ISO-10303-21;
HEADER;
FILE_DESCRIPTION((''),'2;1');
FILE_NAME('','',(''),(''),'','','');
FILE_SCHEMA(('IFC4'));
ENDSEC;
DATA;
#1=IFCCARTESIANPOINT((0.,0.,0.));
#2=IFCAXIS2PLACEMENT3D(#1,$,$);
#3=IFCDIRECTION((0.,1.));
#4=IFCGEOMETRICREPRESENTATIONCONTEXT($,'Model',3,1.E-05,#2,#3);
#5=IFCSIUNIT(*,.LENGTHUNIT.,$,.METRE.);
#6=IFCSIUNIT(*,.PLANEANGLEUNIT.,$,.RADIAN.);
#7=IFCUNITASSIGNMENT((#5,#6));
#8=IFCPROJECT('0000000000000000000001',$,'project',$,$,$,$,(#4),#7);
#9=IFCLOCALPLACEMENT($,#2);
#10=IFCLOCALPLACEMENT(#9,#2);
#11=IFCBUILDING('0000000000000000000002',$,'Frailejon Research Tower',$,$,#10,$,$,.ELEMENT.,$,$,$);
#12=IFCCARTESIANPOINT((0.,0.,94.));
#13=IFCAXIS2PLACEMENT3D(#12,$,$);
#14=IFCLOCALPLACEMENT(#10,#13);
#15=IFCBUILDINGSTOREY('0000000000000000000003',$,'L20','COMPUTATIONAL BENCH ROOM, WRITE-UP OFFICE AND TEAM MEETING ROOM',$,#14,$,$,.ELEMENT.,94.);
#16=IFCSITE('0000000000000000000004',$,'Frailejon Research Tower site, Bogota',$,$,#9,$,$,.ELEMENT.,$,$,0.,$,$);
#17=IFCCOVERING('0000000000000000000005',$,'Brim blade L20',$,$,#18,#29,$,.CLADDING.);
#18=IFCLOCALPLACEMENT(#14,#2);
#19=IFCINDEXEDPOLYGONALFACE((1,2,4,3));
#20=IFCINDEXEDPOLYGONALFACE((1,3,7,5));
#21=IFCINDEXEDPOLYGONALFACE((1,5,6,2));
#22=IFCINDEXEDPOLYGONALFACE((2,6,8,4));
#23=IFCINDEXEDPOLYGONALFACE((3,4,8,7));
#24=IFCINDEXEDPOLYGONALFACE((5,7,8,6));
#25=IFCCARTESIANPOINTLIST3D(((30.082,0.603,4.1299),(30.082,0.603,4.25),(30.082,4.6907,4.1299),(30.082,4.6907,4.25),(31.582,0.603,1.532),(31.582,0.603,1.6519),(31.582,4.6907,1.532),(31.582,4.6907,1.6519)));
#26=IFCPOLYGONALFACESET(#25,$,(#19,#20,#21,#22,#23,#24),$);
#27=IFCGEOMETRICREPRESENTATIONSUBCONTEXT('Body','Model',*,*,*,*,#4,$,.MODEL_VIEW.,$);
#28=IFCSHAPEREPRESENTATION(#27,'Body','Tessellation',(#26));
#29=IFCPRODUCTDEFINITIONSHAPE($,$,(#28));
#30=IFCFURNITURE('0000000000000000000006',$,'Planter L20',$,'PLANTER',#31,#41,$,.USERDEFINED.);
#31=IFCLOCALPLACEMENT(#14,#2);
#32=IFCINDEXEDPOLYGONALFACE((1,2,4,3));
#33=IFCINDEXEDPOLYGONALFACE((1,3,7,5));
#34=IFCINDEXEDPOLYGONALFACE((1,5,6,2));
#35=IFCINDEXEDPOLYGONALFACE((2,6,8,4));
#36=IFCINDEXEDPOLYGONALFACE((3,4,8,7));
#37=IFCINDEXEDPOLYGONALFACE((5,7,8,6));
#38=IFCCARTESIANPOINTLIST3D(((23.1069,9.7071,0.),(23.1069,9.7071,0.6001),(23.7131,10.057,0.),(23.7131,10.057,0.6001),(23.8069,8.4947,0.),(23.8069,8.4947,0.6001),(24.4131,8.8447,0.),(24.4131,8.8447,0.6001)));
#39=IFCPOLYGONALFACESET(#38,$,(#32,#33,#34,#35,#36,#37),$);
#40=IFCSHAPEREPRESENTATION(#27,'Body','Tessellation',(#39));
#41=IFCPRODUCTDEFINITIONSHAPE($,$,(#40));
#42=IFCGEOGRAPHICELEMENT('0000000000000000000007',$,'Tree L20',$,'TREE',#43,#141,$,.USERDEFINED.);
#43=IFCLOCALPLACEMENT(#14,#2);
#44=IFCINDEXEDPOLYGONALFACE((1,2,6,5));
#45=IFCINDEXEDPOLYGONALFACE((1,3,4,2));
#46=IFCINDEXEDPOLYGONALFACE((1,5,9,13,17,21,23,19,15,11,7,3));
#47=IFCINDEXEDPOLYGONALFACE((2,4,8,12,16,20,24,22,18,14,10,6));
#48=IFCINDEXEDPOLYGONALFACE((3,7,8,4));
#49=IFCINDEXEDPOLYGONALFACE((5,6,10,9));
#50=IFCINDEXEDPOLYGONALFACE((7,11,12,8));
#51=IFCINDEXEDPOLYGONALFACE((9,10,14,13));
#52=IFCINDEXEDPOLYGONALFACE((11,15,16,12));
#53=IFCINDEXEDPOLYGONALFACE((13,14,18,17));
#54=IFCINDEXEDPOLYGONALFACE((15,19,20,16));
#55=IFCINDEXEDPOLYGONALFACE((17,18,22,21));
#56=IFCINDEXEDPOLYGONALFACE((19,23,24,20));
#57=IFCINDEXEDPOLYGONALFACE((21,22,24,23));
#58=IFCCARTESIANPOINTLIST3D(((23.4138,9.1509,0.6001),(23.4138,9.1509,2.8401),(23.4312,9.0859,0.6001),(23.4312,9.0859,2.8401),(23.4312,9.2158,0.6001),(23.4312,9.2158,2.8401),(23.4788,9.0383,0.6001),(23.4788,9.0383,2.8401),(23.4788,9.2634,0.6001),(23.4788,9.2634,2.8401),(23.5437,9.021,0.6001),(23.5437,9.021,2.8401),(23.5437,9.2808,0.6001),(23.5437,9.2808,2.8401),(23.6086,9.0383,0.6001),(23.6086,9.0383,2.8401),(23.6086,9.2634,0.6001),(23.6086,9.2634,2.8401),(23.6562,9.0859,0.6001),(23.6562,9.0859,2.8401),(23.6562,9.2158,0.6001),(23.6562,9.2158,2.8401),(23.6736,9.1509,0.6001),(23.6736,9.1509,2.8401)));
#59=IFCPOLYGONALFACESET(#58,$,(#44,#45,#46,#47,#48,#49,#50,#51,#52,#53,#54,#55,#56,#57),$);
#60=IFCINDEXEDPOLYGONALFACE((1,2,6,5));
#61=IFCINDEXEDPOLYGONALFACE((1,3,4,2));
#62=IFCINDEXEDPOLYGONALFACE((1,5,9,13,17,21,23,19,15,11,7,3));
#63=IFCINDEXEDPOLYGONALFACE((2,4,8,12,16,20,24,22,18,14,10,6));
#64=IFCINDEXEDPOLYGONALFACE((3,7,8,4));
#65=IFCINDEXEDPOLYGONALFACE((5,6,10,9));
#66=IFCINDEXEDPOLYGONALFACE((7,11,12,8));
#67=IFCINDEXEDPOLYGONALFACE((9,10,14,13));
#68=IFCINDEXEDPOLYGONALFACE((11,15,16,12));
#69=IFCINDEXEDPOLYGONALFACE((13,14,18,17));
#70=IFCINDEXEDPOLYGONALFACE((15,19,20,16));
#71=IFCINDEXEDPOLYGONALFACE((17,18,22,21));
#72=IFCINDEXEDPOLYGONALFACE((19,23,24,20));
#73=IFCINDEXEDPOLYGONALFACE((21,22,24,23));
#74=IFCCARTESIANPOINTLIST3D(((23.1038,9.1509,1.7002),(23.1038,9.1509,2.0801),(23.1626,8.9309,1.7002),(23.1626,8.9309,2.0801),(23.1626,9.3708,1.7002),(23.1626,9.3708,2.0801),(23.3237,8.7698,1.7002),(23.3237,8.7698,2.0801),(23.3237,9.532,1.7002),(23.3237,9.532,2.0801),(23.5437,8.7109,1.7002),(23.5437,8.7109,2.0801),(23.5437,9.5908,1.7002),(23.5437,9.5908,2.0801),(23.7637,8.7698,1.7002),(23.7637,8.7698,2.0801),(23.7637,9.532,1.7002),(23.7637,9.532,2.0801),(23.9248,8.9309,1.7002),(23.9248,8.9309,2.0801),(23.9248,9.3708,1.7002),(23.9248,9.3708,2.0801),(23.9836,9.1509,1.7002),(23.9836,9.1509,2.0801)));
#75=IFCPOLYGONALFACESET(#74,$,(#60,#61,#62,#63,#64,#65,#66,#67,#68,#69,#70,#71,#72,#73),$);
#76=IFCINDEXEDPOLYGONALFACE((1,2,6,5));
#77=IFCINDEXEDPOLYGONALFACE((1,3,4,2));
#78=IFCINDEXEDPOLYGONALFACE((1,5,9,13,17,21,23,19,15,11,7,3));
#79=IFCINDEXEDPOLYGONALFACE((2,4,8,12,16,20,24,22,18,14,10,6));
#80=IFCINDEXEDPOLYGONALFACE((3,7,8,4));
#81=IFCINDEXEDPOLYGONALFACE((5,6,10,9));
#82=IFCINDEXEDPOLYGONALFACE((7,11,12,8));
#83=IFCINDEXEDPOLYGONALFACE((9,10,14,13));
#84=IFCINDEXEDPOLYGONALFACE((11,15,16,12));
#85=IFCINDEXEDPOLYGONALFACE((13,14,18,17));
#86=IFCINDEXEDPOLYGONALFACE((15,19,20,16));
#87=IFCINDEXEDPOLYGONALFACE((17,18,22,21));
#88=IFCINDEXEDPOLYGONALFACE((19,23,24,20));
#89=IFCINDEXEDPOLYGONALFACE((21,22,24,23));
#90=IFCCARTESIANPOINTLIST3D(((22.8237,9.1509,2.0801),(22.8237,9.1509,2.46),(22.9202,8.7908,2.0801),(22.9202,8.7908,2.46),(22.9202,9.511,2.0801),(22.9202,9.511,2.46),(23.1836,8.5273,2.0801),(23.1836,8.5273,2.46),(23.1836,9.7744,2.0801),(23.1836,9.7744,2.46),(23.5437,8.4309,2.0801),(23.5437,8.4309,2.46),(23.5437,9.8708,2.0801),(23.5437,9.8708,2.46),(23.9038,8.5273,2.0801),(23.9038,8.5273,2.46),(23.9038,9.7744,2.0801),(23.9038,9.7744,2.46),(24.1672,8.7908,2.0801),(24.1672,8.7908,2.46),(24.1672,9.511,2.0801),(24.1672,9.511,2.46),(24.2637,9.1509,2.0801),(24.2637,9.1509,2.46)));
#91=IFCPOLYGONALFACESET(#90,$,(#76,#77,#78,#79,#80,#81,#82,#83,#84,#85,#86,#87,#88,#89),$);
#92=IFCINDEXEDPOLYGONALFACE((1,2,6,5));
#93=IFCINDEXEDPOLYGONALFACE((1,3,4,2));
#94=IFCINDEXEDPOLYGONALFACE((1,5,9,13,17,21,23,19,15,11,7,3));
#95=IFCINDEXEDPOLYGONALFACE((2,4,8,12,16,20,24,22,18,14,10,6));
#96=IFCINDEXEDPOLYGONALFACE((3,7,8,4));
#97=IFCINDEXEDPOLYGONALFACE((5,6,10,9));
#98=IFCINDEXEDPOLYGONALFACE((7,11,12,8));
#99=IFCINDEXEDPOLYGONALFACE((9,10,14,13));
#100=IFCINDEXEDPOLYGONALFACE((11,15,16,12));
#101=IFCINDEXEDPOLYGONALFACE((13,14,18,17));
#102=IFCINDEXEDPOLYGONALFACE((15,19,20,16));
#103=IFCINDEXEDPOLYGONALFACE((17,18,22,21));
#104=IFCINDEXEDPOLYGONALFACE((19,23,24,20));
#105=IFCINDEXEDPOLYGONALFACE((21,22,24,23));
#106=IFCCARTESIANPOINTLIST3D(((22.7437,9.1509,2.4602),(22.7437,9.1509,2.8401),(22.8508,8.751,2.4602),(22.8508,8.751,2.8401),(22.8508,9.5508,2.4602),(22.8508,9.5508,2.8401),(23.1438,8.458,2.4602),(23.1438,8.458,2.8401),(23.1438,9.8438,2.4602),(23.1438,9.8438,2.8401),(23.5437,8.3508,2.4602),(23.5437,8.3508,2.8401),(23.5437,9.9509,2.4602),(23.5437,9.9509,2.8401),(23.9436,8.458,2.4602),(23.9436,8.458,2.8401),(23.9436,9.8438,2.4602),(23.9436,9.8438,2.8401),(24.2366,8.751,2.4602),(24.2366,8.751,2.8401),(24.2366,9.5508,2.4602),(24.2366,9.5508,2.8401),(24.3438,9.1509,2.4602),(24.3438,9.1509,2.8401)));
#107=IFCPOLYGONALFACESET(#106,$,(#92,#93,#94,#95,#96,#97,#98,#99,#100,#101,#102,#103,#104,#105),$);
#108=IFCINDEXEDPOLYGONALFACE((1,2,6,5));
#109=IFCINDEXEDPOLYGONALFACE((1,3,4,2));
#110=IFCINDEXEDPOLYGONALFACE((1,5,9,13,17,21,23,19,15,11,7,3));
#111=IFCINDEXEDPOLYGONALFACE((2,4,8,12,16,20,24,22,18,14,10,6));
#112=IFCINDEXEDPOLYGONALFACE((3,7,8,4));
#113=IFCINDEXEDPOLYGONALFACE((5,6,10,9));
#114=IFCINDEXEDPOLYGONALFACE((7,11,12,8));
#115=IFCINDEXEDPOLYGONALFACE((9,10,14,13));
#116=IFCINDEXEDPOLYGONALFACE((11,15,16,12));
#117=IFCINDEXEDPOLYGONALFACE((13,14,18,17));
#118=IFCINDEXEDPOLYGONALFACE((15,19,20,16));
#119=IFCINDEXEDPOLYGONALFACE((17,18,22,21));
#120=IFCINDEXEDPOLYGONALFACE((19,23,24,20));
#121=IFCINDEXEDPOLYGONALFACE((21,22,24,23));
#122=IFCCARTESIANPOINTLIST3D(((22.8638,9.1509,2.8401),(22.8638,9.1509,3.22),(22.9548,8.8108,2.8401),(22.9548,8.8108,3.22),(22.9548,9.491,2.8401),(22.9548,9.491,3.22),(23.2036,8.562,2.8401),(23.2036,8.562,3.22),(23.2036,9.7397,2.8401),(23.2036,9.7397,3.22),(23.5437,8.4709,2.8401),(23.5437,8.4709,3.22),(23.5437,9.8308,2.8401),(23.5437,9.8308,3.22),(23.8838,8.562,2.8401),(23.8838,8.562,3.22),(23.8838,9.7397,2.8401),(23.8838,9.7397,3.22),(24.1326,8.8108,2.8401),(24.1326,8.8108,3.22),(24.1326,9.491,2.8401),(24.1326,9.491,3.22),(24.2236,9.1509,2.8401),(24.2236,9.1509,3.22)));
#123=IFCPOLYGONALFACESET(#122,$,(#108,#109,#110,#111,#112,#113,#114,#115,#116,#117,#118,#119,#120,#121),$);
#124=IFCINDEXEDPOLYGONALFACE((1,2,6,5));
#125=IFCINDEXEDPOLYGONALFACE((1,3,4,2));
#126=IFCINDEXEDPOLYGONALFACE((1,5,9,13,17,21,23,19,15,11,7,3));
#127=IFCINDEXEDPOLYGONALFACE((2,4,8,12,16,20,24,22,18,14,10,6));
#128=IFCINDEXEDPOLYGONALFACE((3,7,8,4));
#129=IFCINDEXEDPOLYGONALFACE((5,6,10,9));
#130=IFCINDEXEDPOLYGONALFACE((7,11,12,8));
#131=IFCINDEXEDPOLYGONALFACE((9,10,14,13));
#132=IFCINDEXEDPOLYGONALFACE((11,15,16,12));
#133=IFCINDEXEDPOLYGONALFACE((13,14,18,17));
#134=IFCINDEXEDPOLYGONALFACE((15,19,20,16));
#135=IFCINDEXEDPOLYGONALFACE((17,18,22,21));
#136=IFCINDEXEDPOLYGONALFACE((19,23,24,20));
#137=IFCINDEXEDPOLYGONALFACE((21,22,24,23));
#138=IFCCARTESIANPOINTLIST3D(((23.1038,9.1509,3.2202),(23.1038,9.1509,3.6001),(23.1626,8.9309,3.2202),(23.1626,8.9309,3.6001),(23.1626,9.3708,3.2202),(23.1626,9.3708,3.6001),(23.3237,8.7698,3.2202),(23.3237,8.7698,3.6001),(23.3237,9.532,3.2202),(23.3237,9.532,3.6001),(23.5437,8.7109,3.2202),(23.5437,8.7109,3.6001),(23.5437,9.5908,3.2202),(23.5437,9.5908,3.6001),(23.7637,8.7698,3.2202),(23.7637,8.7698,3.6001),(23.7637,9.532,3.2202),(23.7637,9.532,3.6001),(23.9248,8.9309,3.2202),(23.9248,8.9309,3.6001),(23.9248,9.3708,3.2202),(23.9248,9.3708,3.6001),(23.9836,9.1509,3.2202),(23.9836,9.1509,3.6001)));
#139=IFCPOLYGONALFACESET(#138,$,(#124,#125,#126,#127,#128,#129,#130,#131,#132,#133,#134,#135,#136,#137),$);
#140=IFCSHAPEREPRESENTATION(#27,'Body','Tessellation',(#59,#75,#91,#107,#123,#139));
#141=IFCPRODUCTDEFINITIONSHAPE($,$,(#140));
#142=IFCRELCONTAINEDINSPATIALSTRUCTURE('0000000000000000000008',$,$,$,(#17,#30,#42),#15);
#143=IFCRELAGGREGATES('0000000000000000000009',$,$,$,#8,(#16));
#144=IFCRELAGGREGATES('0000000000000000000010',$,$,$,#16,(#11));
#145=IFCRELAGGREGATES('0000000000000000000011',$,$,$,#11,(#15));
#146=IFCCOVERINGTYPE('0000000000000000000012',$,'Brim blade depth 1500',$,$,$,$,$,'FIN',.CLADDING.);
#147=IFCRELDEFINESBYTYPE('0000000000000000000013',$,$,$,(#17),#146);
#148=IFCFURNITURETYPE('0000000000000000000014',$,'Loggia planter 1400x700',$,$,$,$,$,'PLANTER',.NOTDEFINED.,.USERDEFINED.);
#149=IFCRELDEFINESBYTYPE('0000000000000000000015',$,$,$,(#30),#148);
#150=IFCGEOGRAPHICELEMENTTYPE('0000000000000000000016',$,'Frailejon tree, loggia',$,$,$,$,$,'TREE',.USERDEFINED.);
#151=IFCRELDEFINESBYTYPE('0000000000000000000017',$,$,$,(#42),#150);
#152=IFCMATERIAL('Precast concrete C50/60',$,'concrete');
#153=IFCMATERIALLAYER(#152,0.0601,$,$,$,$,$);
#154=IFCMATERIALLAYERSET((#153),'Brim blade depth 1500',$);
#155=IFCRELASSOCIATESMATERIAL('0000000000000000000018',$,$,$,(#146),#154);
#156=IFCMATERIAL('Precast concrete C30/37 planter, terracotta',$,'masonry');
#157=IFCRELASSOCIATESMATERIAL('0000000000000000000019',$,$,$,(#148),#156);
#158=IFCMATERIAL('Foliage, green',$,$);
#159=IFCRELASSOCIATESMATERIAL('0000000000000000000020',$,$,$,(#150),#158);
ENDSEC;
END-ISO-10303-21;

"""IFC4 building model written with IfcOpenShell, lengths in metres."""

from ifc_helpers import new_model, si_unit, direction, frame, origin, origin_2d, place, context, subcontext, project, spatial, polyline, rectangle, outline, extrude, material, layer, layer_set, type_object, element, save


model = new_model("IFC4")

# Units and contexts
model_context = context("Model", 3, precision=1e-05, world=origin(), true_north=direction((0.0, 1.0)))
body_context = subcontext(model_context, "Body", "Model", "MODEL_VIEW")
ifc_project = project(units=[si_unit("LENGTHUNIT", "METRE"), si_unit("PLANEANGLEUNIT", "RADIAN")], contexts=[model_context])

# Site, building, storey
site_placement = place(None, origin())
site = spatial("IfcSite", under=ifc_project, at=site_placement, Name="Frailejon Research Tower site, Bogota", CompositionType="ELEMENT", RefElevation=0.0)
building_placement = place(site_placement, origin())
building = spatial("IfcBuilding", under=site, at=building_placement, Name="Frailejon Research Tower", CompositionType="ELEMENT")
storey_placement = place(building_placement, frame((0.0, 0.0, 94.0)))
storey = spatial("IfcBuildingStorey", under=building, at=storey_placement, Name="L20", Description="COMPUTATIONAL BENCH ROOM, WRITE-UP OFFICE AND TEAM MEETING ROOM", CompositionType="ELEMENT", Elevation=94.0)

# Covering
ifc_material_1 = material(Name="Precast concrete C50/60", Category="concrete")
ifc_layer_1 = layer(ifc_material_1, 0.0601)
ifc_layer_set_1 = layer_set([ifc_layer_1], Name="Brim blade depth 1500")
covering_type_1 = type_object("IfcCoveringType", Name="Brim blade depth 1500", ElementType="FIN", PredefinedType="CLADDING", material=ifc_layer_set_1)
for number, where, z_axis, x_axis, name in (
    (1, (30.082, 4.6907, 4.25), (0.0, -1.0, 0.0), (1.0, 0.0, 0.0), "Brim blade L20"),
):
    element("IfcCovering", number, at=place(storey_placement, frame(where, z_axis=z_axis, x_axis=x_axis)), inside=storey, type_object=covering_type_1, Name=name, PredefinedType="CLADDING", context=body_context, shape_type="SweptSolid", body=[
        extrude(outline(polyline([(0.0, -0.1201), (1.5, -2.718), (1.5, -2.5981), (0.0, 0.0), (0.0, -0.1201)])), origin(), (0.0, 0.0, 1.0), 4.0876),
    ])

# Furniture
ifc_material_2 = material(Name="Precast concrete C30/37 planter, terracotta", Category="masonry")
furniture_type = type_object("IfcFurnitureType", Name="Loggia planter 1400x700", ElementType="PLANTER", AssemblyPlace="NOTDEFINED", PredefinedType="USERDEFINED", material=ifc_material_2)
furniture_placement = place(storey_placement, frame((23.76, 9.2759, 0.0), z_axis=(0.0, 0.0, 1.0), x_axis=(-0.5, 0.866025, 0.0)))
element("IfcFurniture", 2, at=furniture_placement, inside=storey, type_object=furniture_type, Name="Planter L20", ObjectType="PLANTER", PredefinedType="USERDEFINED", context=body_context, shape_type="SweptSolid", body=[
    extrude(rectangle(XDim=1.3999, YDim=0.7, at=origin_2d()), origin(), (0.0, 0.0, 1.0), 0.6001),
])

# Geographic element
ifc_material_3 = material(Name="Foliage, green")
geographic_element_type = type_object("IfcGeographicElementType", Name="Frailejon tree, loggia", ElementType="TREE", PredefinedType="USERDEFINED", material=ifc_material_3)
geographic_element_placement = place(storey_placement, frame((23.5437, 9.1509, 0.6001)))
element("IfcGeographicElement", 3, at=geographic_element_placement, inside=storey, type_object=geographic_element_type, Name="Tree L20", ObjectType="TREE", PredefinedType="USERDEFINED", context=body_context, shape_type="SweptSolid", body=[
    extrude(outline(polyline([(0.1299, 0.0), (0.1125, 0.0649), (0.0649, 0.1125), (0.0, 0.1299), (-0.0649, 0.1125), (-0.1125, 0.0649), (-0.1299, 0.0), (-0.1125, -0.0649), (-0.0649, -0.1125), (0.0, -0.1299), (0.0649, -0.1125), (0.1125, -0.0649), (0.1299, 0.0)])), origin(), (0.0, 0.0, 1.0), 2.24),
    extrude(outline(polyline([(0.4399, 0.0), (0.3811, 0.22), (0.22, 0.3811), (0.0, 0.4399), (-0.22, 0.3811), (-0.3811, 0.22), (-0.4399, 0.0), (-0.3811, -0.22), (-0.22, -0.3811), (0.0, -0.4399), (0.22, -0.3811), (0.3811, -0.22), (0.4399, 0.0)])), frame((0.0, 0.0, 1.1001)), (0.0, 0.0, 1.0), 0.3799),
    extrude(outline(polyline([(0.72, 0.0), (0.6235, 0.3601), (0.3601, 0.6235), (0.0, 0.72), (-0.3601, 0.6235), (-0.6235, 0.3601), (-0.72, 0.0), (-0.6235, -0.3601), (-0.3601, -0.6235), (0.0, -0.72), (0.3601, -0.6235), (0.6235, -0.3601), (0.72, 0.0)])), frame((0.0, 0.0, 1.48)), (0.0, 0.0, 1.0), 0.3799),
    extrude(outline(polyline([(0.8, 0.0), (0.6929, 0.3999), (0.3999, 0.6929), (0.0, 0.8), (-0.3999, 0.6929), (-0.6929, 0.3999), (-0.8, 0.0), (-0.6929, -0.3999), (-0.3999, -0.6929), (0.0, -0.8), (0.3999, -0.6929), (0.6929, -0.3999), (0.8, 0.0)])), frame((0.0, 0.0, 1.8601)), (0.0, 0.0, 1.0), 0.3799),
    extrude(outline(polyline([(0.6799, 0.0), (0.5889, 0.3401), (0.3401, 0.5889), (0.0, 0.6799), (-0.3401, 0.5889), (-0.5889, 0.3401), (-0.6799, 0.0), (-0.5889, -0.3401), (-0.3401, -0.5889), (0.0, -0.6799), (0.3401, -0.5889), (0.5889, -0.3401), (0.6799, 0.0)])), frame((0.0, 0.0, 2.24)), (0.0, 0.0, 1.0), 0.3799),
    extrude(outline(polyline([(0.4399, 0.0), (0.3811, 0.22), (0.22, 0.3811), (0.0, 0.4399), (-0.22, 0.3811), (-0.3811, 0.22), (-0.4399, 0.0), (-0.3811, -0.22), (-0.22, -0.3811), (0.0, -0.4399), (0.22, -0.3811), (0.3811, -0.22), (0.4399, 0.0)])), frame((0.0, 0.0, 2.6201)), (0.0, 0.0, 1.0), 0.3799),
])

save(model, "model.ifc")
